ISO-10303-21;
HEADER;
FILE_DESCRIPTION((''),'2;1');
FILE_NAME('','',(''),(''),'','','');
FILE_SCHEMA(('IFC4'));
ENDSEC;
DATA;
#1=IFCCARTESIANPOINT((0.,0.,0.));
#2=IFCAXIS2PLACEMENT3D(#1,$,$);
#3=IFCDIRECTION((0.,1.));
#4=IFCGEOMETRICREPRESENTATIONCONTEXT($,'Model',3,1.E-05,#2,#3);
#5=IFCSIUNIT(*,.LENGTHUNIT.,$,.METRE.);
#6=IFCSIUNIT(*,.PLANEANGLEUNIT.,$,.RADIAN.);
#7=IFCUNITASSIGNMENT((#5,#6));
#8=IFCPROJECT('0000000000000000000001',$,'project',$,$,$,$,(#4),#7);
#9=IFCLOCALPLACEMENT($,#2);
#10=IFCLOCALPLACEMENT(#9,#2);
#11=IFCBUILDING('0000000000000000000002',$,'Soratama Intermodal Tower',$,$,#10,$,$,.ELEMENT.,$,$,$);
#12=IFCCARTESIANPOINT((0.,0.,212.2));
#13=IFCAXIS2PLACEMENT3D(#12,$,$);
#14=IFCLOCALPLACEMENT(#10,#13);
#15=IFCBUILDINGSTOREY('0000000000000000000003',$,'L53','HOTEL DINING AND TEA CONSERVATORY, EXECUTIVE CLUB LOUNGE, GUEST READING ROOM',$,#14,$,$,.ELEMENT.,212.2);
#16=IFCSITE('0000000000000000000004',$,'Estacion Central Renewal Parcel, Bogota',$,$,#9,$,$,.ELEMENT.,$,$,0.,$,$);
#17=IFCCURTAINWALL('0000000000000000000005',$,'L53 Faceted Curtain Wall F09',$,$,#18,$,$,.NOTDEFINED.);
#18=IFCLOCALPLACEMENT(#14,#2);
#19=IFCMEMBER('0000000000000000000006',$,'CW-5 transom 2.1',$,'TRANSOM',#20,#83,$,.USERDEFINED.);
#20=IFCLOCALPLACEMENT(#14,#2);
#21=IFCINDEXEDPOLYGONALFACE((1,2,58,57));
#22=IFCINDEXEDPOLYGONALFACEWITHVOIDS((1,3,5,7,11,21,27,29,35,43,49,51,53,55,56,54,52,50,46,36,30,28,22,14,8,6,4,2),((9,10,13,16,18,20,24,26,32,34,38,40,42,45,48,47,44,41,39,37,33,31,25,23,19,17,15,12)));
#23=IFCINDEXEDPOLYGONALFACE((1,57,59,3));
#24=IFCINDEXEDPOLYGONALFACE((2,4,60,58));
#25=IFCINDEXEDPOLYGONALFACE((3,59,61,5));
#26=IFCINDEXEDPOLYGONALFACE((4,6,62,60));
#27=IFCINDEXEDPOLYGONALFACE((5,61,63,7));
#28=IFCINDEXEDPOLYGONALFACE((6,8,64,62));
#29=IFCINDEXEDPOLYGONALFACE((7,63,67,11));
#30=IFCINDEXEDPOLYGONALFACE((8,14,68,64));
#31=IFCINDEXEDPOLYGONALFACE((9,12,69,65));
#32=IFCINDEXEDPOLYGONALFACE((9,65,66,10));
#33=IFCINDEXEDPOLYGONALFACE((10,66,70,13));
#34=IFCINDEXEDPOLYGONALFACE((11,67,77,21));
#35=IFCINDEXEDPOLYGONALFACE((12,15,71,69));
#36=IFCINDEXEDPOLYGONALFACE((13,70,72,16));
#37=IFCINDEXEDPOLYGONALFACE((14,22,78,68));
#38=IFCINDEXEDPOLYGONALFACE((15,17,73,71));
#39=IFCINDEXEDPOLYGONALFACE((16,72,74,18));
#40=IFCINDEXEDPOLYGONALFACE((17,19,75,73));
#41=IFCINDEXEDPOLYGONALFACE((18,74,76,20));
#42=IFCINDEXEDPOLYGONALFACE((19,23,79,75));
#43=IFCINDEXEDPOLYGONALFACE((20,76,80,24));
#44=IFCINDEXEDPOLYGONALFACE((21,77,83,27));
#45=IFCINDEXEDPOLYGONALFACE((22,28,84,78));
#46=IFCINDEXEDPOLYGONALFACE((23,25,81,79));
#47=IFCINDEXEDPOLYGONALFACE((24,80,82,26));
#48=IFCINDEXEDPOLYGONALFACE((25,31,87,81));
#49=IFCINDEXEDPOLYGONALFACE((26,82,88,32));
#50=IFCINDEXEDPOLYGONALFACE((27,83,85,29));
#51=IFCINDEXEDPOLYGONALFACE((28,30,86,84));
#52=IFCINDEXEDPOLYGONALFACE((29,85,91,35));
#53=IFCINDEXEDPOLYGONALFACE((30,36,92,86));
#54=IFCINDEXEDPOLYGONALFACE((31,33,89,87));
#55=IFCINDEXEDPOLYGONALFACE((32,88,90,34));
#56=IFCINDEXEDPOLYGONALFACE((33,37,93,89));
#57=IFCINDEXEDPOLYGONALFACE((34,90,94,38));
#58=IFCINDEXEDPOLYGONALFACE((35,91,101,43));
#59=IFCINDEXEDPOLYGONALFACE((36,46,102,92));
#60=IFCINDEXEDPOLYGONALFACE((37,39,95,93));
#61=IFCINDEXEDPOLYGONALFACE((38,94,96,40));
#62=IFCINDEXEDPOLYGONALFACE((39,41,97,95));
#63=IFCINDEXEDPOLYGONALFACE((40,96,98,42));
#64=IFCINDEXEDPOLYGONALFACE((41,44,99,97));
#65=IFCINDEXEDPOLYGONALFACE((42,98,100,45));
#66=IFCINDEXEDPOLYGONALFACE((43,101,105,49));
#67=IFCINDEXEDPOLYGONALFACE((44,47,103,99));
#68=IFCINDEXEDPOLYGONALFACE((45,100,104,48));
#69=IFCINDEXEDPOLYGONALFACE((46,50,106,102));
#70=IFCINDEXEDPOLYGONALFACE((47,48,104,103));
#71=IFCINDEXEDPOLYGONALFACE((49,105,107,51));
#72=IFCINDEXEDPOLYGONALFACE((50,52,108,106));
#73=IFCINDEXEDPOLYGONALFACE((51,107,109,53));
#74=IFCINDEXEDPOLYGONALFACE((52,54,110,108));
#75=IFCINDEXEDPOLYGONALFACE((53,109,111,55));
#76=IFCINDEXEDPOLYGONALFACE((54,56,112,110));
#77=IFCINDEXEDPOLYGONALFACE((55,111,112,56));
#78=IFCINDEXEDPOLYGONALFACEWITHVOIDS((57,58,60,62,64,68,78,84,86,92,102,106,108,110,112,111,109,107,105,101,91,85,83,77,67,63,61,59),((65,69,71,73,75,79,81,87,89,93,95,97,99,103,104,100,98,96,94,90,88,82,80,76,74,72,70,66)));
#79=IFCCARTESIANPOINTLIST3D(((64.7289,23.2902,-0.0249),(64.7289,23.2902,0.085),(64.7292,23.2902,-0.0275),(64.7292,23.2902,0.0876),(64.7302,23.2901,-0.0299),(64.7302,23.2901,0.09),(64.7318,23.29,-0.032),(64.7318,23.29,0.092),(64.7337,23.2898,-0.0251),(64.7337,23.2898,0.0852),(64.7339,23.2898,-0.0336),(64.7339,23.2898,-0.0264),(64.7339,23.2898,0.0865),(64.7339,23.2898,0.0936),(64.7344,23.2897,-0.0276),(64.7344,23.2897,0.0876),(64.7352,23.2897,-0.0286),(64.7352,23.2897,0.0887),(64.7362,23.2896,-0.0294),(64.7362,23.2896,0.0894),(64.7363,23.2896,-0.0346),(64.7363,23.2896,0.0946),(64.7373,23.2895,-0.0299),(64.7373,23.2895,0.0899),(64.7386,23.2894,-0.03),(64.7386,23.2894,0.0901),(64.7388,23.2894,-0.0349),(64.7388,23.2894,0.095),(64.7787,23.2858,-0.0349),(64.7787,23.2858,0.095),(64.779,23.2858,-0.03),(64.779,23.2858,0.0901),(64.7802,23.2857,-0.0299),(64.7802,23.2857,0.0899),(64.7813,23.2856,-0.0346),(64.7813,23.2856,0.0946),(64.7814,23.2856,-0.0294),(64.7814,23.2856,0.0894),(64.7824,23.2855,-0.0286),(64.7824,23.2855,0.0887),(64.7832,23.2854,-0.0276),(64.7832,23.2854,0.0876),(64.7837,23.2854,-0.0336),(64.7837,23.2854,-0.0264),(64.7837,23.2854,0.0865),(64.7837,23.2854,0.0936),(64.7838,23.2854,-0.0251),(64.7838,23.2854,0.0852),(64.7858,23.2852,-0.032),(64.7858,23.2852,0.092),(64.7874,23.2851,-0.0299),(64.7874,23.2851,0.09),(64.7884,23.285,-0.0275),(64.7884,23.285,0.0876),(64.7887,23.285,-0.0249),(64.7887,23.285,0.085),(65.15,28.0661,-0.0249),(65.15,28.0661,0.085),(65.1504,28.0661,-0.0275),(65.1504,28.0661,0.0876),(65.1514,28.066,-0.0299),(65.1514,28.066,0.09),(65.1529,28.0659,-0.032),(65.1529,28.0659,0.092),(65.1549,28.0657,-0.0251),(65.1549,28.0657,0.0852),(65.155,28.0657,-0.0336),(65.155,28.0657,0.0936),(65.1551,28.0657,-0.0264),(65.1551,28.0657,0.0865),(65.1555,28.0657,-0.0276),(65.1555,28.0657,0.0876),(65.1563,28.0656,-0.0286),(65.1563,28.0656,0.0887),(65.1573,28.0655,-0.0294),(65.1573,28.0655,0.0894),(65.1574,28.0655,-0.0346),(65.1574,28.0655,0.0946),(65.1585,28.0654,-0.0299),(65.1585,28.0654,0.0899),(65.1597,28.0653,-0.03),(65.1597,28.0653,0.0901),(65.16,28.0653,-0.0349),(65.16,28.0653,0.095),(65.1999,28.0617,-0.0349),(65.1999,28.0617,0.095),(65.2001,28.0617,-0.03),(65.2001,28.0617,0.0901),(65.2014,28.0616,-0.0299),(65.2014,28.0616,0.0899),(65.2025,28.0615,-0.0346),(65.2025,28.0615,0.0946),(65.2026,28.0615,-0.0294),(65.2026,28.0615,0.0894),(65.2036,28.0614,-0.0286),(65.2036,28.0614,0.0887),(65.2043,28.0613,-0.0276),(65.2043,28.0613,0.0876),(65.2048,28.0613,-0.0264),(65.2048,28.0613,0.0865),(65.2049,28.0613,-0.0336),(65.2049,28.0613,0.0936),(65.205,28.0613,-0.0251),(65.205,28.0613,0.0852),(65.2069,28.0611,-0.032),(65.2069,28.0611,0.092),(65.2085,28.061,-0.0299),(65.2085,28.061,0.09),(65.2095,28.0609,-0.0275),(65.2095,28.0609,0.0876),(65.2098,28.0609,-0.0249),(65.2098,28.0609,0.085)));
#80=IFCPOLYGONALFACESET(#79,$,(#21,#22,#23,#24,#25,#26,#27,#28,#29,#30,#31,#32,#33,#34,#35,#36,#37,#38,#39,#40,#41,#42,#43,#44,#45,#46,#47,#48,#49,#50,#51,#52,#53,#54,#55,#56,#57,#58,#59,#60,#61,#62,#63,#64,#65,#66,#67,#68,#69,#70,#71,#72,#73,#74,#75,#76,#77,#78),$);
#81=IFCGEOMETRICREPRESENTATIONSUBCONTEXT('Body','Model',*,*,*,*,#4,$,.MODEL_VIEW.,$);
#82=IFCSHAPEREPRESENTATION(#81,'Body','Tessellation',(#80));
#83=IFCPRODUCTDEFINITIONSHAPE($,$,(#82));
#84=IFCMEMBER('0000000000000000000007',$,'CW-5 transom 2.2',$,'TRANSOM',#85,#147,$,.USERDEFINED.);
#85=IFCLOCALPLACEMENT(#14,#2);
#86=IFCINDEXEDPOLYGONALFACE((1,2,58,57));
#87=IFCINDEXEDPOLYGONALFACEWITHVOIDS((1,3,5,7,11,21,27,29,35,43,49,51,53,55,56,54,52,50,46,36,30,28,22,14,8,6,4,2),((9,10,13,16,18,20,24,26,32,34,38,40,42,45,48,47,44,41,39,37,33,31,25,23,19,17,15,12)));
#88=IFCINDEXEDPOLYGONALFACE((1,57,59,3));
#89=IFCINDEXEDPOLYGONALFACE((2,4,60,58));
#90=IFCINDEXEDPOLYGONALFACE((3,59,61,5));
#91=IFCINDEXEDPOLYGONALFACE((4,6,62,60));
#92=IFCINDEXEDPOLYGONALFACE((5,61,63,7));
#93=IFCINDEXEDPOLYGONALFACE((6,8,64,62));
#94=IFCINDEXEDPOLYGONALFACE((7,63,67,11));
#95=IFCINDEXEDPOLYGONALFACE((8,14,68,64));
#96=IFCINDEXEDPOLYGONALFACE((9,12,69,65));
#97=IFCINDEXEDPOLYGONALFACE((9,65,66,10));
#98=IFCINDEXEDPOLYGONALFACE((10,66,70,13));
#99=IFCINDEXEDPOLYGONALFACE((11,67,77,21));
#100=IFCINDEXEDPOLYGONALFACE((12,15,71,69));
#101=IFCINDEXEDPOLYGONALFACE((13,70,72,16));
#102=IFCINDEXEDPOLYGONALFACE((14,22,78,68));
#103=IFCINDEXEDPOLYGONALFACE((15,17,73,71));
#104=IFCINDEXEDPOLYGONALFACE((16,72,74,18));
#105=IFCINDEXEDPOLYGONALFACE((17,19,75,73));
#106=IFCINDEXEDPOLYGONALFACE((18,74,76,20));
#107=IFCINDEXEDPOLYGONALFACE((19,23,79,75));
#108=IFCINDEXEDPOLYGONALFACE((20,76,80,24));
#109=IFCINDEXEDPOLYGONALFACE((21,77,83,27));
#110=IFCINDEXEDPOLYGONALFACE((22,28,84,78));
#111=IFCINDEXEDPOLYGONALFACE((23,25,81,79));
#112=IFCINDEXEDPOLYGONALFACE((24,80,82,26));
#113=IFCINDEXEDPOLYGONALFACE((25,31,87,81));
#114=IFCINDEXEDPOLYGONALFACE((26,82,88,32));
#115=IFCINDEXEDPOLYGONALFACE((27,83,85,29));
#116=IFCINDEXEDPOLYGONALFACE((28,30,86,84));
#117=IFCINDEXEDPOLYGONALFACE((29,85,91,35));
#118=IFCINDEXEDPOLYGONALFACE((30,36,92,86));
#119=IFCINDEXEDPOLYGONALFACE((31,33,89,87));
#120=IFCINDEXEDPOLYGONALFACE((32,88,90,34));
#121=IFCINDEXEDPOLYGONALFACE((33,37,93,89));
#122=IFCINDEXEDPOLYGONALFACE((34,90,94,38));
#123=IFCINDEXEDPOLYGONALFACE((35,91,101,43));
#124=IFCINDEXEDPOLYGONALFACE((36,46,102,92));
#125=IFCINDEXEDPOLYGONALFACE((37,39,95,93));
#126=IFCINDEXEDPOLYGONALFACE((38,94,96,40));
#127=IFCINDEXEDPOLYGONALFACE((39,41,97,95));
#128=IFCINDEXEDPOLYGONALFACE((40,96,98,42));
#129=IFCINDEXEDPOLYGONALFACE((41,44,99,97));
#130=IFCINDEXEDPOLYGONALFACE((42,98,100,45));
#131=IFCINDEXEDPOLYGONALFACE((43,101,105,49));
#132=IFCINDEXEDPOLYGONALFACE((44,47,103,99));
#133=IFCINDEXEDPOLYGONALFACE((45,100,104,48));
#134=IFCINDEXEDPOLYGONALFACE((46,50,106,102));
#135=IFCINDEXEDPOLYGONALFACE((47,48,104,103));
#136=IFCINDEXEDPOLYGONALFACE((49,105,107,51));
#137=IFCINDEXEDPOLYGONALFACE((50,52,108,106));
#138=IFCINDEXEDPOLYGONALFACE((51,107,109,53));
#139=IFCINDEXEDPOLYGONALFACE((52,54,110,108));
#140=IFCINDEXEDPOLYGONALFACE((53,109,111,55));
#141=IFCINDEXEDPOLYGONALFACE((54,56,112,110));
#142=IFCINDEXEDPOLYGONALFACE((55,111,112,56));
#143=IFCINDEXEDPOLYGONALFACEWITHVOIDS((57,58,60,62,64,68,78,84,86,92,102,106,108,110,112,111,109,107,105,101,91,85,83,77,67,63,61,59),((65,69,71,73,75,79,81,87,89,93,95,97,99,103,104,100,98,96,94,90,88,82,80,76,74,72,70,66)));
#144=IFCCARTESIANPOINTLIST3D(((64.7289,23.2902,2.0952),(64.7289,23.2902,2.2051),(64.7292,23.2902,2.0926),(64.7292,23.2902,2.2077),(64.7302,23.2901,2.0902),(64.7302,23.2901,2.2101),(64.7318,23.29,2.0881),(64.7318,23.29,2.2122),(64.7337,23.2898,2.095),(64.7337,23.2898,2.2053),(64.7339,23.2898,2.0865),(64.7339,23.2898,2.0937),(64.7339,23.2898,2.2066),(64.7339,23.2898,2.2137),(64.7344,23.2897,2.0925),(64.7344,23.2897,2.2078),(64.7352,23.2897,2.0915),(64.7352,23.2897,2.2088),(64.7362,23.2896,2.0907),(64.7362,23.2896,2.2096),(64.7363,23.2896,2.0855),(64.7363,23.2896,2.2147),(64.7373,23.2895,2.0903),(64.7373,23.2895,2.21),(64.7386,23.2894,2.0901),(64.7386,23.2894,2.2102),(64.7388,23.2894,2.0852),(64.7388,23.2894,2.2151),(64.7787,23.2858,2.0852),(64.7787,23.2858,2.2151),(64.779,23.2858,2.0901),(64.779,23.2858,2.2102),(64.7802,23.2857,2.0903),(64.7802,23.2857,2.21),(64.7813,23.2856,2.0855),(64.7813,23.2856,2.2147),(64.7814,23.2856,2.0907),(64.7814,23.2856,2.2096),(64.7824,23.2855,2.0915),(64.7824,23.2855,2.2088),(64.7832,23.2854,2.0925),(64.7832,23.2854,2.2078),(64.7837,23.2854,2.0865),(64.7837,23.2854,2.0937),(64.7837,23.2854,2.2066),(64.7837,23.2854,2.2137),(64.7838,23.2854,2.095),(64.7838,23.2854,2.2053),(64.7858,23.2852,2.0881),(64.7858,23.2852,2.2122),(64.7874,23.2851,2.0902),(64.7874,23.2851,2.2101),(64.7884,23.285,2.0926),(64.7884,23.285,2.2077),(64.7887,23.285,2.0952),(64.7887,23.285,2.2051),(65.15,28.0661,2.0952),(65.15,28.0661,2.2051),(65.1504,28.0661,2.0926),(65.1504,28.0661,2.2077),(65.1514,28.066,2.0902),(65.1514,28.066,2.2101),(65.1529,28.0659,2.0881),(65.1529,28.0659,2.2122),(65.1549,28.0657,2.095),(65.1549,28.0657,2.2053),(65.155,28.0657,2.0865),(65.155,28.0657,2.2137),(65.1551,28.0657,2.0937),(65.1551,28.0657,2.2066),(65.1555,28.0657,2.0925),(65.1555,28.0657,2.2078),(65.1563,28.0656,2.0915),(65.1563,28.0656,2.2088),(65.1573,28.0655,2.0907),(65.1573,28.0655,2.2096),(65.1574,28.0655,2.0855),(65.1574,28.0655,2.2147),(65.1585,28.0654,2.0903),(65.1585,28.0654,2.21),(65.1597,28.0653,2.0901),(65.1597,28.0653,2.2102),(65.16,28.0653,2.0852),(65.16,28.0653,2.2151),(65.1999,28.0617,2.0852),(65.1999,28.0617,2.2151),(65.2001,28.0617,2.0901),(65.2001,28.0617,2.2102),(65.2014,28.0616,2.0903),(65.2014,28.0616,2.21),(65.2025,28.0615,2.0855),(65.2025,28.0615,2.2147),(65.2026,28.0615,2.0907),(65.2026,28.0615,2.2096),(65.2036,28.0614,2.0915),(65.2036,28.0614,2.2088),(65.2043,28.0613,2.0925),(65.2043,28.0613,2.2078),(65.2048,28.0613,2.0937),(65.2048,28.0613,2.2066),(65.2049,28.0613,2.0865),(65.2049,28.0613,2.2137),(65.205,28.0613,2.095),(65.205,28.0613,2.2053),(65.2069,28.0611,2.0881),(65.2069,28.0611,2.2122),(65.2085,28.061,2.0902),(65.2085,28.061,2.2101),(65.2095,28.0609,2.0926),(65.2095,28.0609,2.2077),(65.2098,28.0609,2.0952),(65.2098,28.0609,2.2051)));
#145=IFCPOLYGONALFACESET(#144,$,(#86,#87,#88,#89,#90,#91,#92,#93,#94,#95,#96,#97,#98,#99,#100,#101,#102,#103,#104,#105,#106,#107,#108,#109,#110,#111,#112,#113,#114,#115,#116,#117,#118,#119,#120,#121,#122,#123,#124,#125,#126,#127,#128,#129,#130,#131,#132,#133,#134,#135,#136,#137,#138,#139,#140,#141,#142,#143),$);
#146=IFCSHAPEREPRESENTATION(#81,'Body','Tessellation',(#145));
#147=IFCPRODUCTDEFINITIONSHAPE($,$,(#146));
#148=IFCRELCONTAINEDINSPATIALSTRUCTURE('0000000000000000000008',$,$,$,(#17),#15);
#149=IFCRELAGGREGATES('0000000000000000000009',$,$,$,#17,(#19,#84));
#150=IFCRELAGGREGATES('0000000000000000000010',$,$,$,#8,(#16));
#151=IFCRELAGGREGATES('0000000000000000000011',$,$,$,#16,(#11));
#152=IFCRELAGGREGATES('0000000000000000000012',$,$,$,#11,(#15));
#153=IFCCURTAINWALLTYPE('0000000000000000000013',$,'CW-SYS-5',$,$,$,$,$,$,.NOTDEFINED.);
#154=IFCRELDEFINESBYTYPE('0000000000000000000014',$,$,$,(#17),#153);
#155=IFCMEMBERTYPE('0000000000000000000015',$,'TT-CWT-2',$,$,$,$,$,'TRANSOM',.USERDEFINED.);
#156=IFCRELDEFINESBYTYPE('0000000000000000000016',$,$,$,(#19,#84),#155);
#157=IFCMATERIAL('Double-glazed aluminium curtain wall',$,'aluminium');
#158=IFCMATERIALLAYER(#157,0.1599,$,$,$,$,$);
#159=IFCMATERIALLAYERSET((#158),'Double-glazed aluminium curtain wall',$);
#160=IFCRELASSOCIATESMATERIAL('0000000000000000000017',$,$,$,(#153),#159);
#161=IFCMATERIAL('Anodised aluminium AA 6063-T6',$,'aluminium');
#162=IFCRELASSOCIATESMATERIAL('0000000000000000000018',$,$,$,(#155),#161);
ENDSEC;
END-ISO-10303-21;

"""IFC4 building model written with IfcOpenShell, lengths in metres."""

from ifc_helpers import new_model, si_unit, direction, frame, origin, origin_2d, place, context, subcontext, project, spatial, hollow_rectangle, extrude, material, layer, layer_set, material_profile, profile_set, type_object, element, aggregate, save


model = new_model("IFC4")

# Units and contexts
model_context = context("Model", 3, precision=1e-05, world=origin(), true_north=direction((0.0, 1.0)))
body_context = subcontext(model_context, "Body", "Model", "MODEL_VIEW")
ifc_project = project(units=[si_unit("LENGTHUNIT", "METRE"), si_unit("PLANEANGLEUNIT", "RADIAN")], contexts=[model_context])

# Site, building, storey
site_placement = place(None, origin())
site = spatial("IfcSite", under=ifc_project, at=site_placement, Name="Estacion Central Renewal Parcel, Bogota", CompositionType="ELEMENT", RefElevation=0.0)
building_placement = place(site_placement, origin())
building = spatial("IfcBuilding", under=site, at=building_placement, Name="Soratama Intermodal Tower", CompositionType="ELEMENT")
storey_placement = place(building_placement, frame((0.0, 0.0, 212.2)))
storey = spatial("IfcBuildingStorey", under=building, at=storey_placement, Name="L53", Description="HOTEL DINING AND TEA CONSERVATORY, EXECUTIVE CLUB LOUNGE, GUEST READING ROOM", CompositionType="ELEMENT", Elevation=212.2)

# Shared definitions
ifc_material_1 = material(Name="Double-glazed aluminium curtain wall", Category="aluminium")
ifc_layer_1 = layer(ifc_material_1, 0.1599)
ifc_layer_set_1 = layer_set([ifc_layer_1], Name="Double-glazed aluminium curtain wall")
curtain_wall_type = type_object("IfcCurtainWallType", Name="CW-SYS-5", PredefinedType="NOTDEFINED", material=ifc_layer_set_1)

# Curtain wall, members
curtain_wall_1_placement = place(storey_placement, origin())
curtain_wall_1 = element("IfcCurtainWall", 1, at=curtain_wall_1_placement, inside=storey, type_object=curtain_wall_type, Name="L53 Faceted Curtain Wall F09", PredefinedType="NOTDEFINED")
ifc_material_2 = material(Name="Anodised aluminium AA 6063-T6", Category="aluminium")
ifc_material_profile_1 = material_profile(ifc_material_2, hollow_rectangle(XDim=0.0601, YDim=0.1299, WallThickness=0.0049, InnerFilletRadius=0.0049, OuterFilletRadius=0.01, at=origin_2d()), Name="CWT130X60X5")
ifc_profile_set_1 = profile_set([ifc_material_profile_1], Name="Anodised aluminium AA 6063-T6")
member_type_1 = type_object("IfcMemberType", Name="TT-CWT-2", ElementType="TRANSOM", PredefinedType="USERDEFINED", material=ifc_profile_set_1)
member_1_placement = place(storey_placement, frame((64.7588, 23.2876, 0.03), z_axis=(0.08784, 0.996135, 0.0), x_axis=(-0.996135, 0.08784, 0.0)))
member_1 = element("IfcMember", 2, at=member_1_placement, type_object=member_type_1, Name="CW-5 transom 2.1", ObjectType="TRANSOM", PredefinedType="USERDEFINED", context=body_context, shape_type="SweptSolid", body=[
    extrude(hollow_rectangle(XDim=0.0601, YDim=0.1299, WallThickness=0.0049, InnerFilletRadius=0.0049, OuterFilletRadius=0.01, at=origin_2d()), origin(), (0.0, 0.0, 1.0), 4.7944),
])
member_2_placement = place(storey_placement, frame((64.7588, 23.2876, 2.1501), z_axis=(0.08784, 0.996135, 0.0), x_axis=(-0.996135, 0.08784, 0.0)))
member_2 = element("IfcMember", 3, at=member_2_placement, type_object=member_type_1, Name="CW-5 transom 2.2", ObjectType="TRANSOM", PredefinedType="USERDEFINED", context=body_context, shape_type="SweptSolid", body=[
    extrude(hollow_rectangle(XDim=0.0601, YDim=0.1299, WallThickness=0.0049, InnerFilletRadius=0.0049, OuterFilletRadius=0.01, at=origin_2d()), origin(), (0.0, 0.0, 1.0), 4.7944),
])
aggregate(curtain_wall_1, [member_1, member_2])

save(model, "model.ifc")
